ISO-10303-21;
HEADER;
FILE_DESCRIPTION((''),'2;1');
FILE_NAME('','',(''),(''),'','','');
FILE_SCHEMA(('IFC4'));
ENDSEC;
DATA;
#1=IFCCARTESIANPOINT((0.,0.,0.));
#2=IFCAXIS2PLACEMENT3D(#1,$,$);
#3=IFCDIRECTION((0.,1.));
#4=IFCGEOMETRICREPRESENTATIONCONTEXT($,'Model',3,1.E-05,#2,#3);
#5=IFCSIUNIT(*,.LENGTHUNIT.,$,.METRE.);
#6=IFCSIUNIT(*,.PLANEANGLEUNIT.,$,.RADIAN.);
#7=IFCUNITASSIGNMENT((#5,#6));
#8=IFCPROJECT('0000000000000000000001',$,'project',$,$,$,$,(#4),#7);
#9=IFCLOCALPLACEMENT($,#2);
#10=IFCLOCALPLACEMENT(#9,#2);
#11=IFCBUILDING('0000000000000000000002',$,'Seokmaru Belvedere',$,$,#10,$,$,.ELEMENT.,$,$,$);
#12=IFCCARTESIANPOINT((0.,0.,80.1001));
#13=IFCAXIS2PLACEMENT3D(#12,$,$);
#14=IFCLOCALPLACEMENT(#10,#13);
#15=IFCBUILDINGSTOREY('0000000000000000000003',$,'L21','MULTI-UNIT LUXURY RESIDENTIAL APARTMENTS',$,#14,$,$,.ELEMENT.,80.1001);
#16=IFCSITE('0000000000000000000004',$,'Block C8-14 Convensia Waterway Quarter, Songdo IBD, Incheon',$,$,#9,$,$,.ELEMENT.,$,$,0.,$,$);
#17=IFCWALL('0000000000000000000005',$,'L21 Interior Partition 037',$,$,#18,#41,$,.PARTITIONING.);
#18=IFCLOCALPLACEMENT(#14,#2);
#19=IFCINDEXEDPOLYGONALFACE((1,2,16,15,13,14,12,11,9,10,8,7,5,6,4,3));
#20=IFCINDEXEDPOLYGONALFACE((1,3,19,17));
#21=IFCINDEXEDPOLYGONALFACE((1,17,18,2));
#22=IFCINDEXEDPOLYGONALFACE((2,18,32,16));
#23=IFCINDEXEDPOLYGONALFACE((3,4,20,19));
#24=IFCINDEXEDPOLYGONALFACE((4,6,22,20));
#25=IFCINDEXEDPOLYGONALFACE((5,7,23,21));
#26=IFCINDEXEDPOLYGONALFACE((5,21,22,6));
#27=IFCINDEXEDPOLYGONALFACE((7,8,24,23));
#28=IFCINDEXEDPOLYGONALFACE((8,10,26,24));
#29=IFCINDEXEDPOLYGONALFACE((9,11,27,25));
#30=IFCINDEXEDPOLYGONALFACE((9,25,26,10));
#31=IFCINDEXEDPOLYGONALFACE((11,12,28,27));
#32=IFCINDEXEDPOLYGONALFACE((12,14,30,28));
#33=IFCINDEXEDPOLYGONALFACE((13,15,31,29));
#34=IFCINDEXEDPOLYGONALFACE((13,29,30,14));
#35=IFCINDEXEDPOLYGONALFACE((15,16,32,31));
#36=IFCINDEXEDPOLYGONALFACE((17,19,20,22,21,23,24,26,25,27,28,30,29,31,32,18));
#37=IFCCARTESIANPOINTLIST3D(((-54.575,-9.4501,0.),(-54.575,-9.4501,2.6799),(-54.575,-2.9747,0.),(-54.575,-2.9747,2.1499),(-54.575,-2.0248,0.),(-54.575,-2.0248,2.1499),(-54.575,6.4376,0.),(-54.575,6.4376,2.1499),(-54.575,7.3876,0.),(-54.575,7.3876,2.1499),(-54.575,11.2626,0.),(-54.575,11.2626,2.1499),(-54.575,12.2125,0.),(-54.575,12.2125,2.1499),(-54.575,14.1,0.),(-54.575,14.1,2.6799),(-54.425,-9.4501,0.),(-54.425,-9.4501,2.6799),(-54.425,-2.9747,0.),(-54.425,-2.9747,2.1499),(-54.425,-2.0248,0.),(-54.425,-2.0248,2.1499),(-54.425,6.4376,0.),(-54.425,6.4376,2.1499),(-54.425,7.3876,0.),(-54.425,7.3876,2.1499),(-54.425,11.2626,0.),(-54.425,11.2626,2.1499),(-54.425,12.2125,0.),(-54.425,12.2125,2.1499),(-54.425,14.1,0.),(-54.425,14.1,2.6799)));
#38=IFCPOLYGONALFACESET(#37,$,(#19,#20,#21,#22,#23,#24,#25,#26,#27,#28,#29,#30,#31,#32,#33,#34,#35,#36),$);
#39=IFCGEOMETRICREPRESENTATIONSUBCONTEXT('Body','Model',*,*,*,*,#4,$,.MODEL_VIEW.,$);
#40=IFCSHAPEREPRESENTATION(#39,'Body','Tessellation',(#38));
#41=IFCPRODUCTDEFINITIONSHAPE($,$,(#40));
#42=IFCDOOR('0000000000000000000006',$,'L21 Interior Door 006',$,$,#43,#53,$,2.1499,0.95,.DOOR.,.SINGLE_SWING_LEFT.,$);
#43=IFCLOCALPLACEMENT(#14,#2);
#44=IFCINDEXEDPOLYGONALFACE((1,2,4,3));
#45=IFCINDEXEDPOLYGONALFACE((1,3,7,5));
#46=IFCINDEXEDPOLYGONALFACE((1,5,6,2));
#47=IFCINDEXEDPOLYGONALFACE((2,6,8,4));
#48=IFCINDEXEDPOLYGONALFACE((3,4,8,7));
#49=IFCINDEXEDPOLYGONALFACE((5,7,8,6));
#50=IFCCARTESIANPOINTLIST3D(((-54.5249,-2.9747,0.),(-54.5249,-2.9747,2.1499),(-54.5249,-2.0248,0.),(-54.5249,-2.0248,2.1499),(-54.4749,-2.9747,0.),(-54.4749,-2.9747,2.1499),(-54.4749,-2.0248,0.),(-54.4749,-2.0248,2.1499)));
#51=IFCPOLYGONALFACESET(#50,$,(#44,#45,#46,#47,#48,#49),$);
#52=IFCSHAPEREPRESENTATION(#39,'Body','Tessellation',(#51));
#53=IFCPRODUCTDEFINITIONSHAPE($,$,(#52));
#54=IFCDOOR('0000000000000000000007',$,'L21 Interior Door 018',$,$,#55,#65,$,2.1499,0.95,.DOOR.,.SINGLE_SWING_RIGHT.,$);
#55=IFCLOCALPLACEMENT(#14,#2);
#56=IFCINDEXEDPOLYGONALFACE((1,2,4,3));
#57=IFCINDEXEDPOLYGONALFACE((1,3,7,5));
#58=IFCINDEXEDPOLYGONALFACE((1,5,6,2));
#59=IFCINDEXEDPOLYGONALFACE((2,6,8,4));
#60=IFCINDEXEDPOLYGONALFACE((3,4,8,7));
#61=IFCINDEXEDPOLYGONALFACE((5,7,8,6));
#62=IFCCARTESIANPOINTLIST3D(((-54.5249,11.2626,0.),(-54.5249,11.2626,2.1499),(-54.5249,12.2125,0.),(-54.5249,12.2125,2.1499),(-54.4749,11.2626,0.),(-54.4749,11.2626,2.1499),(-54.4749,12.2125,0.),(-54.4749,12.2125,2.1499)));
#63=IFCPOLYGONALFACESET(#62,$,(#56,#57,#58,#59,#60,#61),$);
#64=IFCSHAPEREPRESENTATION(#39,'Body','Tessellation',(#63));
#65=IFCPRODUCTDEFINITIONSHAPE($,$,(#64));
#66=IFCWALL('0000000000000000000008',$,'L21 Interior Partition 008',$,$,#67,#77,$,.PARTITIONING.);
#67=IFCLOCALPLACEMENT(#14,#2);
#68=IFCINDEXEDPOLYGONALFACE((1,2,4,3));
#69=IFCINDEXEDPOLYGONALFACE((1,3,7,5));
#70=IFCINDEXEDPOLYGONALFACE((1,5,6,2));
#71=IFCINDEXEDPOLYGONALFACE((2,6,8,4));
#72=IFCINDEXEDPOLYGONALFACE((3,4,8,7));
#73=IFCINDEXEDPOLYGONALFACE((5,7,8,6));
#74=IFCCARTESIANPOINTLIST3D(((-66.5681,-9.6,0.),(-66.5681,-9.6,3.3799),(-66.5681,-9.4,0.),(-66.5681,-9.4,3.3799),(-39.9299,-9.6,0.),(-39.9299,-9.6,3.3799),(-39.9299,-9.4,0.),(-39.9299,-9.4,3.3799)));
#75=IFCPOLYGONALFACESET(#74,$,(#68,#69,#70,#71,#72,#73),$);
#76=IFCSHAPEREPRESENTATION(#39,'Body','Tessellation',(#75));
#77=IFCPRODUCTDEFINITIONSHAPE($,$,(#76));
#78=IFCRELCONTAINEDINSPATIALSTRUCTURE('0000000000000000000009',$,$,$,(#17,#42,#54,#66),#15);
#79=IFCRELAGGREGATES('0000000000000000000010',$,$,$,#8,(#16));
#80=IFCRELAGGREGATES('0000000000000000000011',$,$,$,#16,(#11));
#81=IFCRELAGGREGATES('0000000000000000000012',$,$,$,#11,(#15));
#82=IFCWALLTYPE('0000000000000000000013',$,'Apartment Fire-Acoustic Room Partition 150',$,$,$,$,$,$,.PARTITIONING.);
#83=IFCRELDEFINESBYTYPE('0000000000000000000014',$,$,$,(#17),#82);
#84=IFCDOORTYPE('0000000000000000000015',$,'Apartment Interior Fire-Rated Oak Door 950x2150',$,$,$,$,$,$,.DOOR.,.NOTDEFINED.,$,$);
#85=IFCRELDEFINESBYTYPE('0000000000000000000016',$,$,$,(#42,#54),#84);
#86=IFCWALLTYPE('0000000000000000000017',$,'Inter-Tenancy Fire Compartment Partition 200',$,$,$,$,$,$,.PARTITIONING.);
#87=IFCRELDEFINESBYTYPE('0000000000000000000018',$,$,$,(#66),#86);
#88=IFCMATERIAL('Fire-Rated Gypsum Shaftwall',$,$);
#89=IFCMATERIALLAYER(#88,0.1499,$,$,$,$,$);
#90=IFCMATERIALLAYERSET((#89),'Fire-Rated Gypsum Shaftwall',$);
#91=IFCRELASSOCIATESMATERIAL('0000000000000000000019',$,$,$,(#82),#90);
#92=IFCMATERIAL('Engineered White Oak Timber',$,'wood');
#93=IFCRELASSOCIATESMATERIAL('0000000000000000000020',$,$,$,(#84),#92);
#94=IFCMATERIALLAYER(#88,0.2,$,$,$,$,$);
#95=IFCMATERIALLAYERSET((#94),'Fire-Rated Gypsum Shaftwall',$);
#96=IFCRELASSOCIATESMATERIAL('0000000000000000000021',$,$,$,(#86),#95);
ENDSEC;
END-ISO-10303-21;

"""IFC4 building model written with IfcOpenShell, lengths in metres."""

from ifc_helpers import new_model, si_unit, direction, frame, frame_2d, origin, place, context, subcontext, project, spatial, rectangle, extrude, source, transform, mapped, material, layer, layer_set, type_object, type_shapes, element, fill, save


model = new_model("IFC4")

# Units and contexts
model_context = context("Model", 3, precision=1e-05, world=origin(), true_north=direction((0.0, 1.0)))
body_context = subcontext(model_context, "Body", "Model", "MODEL_VIEW")
ifc_project = project(units=[si_unit("LENGTHUNIT", "METRE"), si_unit("PLANEANGLEUNIT", "RADIAN")], contexts=[model_context])

# Site, building, storey
site_placement = place(None, origin())
site = spatial("IfcSite", under=ifc_project, at=site_placement, Name="Block C8-14 Convensia Waterway Quarter, Songdo IBD, Incheon", CompositionType="ELEMENT", RefElevation=0.0)
building_placement = place(site_placement, origin())
building = spatial("IfcBuilding", under=site, at=building_placement, Name="Seokmaru Belvedere", CompositionType="ELEMENT")
storey_placement = place(building_placement, frame((0.0, 0.0, 80.1001)))
storey = spatial("IfcBuildingStorey", under=building, at=storey_placement, Name="L21", Description="MULTI-UNIT LUXURY RESIDENTIAL APARTMENTS", CompositionType="ELEMENT", Elevation=80.1001)

# Wall, openings, doors
ifc_material_1 = material(Name="Fire-Rated Gypsum Shaftwall")
ifc_layer_1 = layer(ifc_material_1, 0.1499)
ifc_layer_set_1 = layer_set([ifc_layer_1], Name="Fire-Rated Gypsum Shaftwall")
wall_type_1 = type_object("IfcWallType", Name="Apartment Fire-Acoustic Room Partition 150", PredefinedType="PARTITIONING", material=ifc_layer_set_1)
ifc_material_2 = material(Name="Engineered White Oak Timber", Category="wood")
door_type = type_object("IfcDoorType", Name="Apartment Interior Fire-Rated Oak Door 950x2150", OperationType="NOTDEFINED", PredefinedType="DOOR", material=ifc_material_2)
shared_shape_1 = source(origin(), body_context, "Body", "SweptSolid", [
    extrude(rectangle(XDim=0.95, YDim=2.1499, at=frame_2d((0.4751, 1.075))), frame((0.0, 0.0249, 0.0), z_axis=(0.0, -1.0, 0.0), x_axis=(1.0, 0.0, 0.0)), (0.0, 0.0, 1.0), 0.05),
])
type_shapes(door_type, [shared_shape_1])
wall_1_placement = place(storey_placement, frame((-54.5, -9.45, 0.0), z_axis=(0.0, 0.0, 1.0), x_axis=(0.0, 1.0, 0.0)))
wall_1 = element("IfcWall", 1, at=wall_1_placement, inside=storey, type_object=wall_type_1, Name="L21 Interior Partition 037", PredefinedType="PARTITIONING", context=body_context, shape_type="SweptSolid", body=[
    extrude(rectangle(XDim=23.55, YDim=0.1499, at=frame_2d((11.7749, 0.0))), origin(), (0.0, 0.0, 1.0), 2.6799),
])
opening_1_placement = place(wall_1_placement, frame((6.4751, 0.0, 0.0)))
opening_1 = element("IfcOpeningElement", 2, at=opening_1_placement, cuts=wall_1, PredefinedType="OPENING", context=body_context, shape_type="SweptSolid", body=[
    extrude(rectangle(XDim=0.95, YDim=2.1499, at=frame_2d((0.4751, 1.075))), frame((0.0, 0.085, 0.0), z_axis=(0.0, -1.0, 0.0), x_axis=(1.0, 0.0, 0.0)), (0.0, 0.0, 1.0), 0.1699),
])
opening_2_placement = place(wall_1_placement, frame((20.7124, 0.0, 0.0)))
opening_2 = element("IfcOpeningElement", 3, at=opening_2_placement, cuts=wall_1, PredefinedType="OPENING", context=body_context, shape_type="SweptSolid", body=[
    extrude(rectangle(XDim=0.95, YDim=2.1499, at=frame_2d((0.4751, 1.075))), frame((0.0, 0.085, 0.0), z_axis=(0.0, -1.0, 0.0), x_axis=(1.0, 0.0, 0.0)), (0.0, 0.0, 1.0), 0.1699),
])
opening_3_placement = place(wall_1_placement, frame((15.8875, 0.0, 0.0)))
element("IfcOpeningElement", 4, at=opening_3_placement, cuts=wall_1, PredefinedType="OPENING", context=body_context, shape_type="SweptSolid", body=[
    extrude(rectangle(XDim=0.95, YDim=2.1499, at=frame_2d((0.4751, 1.075))), frame((0.0, 0.085, 0.0), z_axis=(0.0, -1.0, 0.0), x_axis=(1.0, 0.0, 0.0)), (0.0, 0.0, 1.0), 0.1699),
])
door_1_placement = place(opening_1_placement, origin())
door_1 = element("IfcDoor", 5, at=door_1_placement, inside=storey, type_object=door_type, Name="L21 Interior Door 006", OperationType="SINGLE_SWING_LEFT", OverallHeight=2.1499, OverallWidth=0.95, PredefinedType="DOOR", context=body_context, shape_type="MappedRepresentation", body=[
    mapped(shared_shape_1, transform((0.0, 0.0, 0.0), scale=1.0)),
])
fill(opening_1, door_1)
door_2_placement = place(opening_2_placement, origin())
door_2 = element("IfcDoor", 6, at=door_2_placement, inside=storey, type_object=door_type, Name="L21 Interior Door 018", OperationType="SINGLE_SWING_RIGHT", OverallHeight=2.1499, OverallWidth=0.95, PredefinedType="DOOR", context=body_context, shape_type="MappedRepresentation", body=[
    mapped(shared_shape_1, transform((0.0, 0.0, 0.0), scale=1.0)),
])
fill(opening_2, door_2)

# Wall
ifc_layer_2 = layer(ifc_material_1, 0.2)
ifc_layer_set_2 = layer_set([ifc_layer_2], Name="Fire-Rated Gypsum Shaftwall")
wall_type_2 = type_object("IfcWallType", Name="Inter-Tenancy Fire Compartment Partition 200", PredefinedType="PARTITIONING", material=ifc_layer_set_2)
wall_2_placement = place(storey_placement, frame((-66.5681, -9.5, 0.0), z_axis=(0.0, 0.0, 1.0), x_axis=(1.0, 0.0, 0.0)))
element("IfcWall", 7, at=wall_2_placement, inside=storey, type_object=wall_type_2, Name="L21 Interior Partition 008", PredefinedType="PARTITIONING", context=body_context, shape_type="SweptSolid", body=[
    extrude(rectangle(XDim=26.6382, YDim=0.2, at=frame_2d((13.3191, 0.0))), origin(), (0.0, 0.0, 1.0), 3.3799),
])

save(model, "model.ifc")
